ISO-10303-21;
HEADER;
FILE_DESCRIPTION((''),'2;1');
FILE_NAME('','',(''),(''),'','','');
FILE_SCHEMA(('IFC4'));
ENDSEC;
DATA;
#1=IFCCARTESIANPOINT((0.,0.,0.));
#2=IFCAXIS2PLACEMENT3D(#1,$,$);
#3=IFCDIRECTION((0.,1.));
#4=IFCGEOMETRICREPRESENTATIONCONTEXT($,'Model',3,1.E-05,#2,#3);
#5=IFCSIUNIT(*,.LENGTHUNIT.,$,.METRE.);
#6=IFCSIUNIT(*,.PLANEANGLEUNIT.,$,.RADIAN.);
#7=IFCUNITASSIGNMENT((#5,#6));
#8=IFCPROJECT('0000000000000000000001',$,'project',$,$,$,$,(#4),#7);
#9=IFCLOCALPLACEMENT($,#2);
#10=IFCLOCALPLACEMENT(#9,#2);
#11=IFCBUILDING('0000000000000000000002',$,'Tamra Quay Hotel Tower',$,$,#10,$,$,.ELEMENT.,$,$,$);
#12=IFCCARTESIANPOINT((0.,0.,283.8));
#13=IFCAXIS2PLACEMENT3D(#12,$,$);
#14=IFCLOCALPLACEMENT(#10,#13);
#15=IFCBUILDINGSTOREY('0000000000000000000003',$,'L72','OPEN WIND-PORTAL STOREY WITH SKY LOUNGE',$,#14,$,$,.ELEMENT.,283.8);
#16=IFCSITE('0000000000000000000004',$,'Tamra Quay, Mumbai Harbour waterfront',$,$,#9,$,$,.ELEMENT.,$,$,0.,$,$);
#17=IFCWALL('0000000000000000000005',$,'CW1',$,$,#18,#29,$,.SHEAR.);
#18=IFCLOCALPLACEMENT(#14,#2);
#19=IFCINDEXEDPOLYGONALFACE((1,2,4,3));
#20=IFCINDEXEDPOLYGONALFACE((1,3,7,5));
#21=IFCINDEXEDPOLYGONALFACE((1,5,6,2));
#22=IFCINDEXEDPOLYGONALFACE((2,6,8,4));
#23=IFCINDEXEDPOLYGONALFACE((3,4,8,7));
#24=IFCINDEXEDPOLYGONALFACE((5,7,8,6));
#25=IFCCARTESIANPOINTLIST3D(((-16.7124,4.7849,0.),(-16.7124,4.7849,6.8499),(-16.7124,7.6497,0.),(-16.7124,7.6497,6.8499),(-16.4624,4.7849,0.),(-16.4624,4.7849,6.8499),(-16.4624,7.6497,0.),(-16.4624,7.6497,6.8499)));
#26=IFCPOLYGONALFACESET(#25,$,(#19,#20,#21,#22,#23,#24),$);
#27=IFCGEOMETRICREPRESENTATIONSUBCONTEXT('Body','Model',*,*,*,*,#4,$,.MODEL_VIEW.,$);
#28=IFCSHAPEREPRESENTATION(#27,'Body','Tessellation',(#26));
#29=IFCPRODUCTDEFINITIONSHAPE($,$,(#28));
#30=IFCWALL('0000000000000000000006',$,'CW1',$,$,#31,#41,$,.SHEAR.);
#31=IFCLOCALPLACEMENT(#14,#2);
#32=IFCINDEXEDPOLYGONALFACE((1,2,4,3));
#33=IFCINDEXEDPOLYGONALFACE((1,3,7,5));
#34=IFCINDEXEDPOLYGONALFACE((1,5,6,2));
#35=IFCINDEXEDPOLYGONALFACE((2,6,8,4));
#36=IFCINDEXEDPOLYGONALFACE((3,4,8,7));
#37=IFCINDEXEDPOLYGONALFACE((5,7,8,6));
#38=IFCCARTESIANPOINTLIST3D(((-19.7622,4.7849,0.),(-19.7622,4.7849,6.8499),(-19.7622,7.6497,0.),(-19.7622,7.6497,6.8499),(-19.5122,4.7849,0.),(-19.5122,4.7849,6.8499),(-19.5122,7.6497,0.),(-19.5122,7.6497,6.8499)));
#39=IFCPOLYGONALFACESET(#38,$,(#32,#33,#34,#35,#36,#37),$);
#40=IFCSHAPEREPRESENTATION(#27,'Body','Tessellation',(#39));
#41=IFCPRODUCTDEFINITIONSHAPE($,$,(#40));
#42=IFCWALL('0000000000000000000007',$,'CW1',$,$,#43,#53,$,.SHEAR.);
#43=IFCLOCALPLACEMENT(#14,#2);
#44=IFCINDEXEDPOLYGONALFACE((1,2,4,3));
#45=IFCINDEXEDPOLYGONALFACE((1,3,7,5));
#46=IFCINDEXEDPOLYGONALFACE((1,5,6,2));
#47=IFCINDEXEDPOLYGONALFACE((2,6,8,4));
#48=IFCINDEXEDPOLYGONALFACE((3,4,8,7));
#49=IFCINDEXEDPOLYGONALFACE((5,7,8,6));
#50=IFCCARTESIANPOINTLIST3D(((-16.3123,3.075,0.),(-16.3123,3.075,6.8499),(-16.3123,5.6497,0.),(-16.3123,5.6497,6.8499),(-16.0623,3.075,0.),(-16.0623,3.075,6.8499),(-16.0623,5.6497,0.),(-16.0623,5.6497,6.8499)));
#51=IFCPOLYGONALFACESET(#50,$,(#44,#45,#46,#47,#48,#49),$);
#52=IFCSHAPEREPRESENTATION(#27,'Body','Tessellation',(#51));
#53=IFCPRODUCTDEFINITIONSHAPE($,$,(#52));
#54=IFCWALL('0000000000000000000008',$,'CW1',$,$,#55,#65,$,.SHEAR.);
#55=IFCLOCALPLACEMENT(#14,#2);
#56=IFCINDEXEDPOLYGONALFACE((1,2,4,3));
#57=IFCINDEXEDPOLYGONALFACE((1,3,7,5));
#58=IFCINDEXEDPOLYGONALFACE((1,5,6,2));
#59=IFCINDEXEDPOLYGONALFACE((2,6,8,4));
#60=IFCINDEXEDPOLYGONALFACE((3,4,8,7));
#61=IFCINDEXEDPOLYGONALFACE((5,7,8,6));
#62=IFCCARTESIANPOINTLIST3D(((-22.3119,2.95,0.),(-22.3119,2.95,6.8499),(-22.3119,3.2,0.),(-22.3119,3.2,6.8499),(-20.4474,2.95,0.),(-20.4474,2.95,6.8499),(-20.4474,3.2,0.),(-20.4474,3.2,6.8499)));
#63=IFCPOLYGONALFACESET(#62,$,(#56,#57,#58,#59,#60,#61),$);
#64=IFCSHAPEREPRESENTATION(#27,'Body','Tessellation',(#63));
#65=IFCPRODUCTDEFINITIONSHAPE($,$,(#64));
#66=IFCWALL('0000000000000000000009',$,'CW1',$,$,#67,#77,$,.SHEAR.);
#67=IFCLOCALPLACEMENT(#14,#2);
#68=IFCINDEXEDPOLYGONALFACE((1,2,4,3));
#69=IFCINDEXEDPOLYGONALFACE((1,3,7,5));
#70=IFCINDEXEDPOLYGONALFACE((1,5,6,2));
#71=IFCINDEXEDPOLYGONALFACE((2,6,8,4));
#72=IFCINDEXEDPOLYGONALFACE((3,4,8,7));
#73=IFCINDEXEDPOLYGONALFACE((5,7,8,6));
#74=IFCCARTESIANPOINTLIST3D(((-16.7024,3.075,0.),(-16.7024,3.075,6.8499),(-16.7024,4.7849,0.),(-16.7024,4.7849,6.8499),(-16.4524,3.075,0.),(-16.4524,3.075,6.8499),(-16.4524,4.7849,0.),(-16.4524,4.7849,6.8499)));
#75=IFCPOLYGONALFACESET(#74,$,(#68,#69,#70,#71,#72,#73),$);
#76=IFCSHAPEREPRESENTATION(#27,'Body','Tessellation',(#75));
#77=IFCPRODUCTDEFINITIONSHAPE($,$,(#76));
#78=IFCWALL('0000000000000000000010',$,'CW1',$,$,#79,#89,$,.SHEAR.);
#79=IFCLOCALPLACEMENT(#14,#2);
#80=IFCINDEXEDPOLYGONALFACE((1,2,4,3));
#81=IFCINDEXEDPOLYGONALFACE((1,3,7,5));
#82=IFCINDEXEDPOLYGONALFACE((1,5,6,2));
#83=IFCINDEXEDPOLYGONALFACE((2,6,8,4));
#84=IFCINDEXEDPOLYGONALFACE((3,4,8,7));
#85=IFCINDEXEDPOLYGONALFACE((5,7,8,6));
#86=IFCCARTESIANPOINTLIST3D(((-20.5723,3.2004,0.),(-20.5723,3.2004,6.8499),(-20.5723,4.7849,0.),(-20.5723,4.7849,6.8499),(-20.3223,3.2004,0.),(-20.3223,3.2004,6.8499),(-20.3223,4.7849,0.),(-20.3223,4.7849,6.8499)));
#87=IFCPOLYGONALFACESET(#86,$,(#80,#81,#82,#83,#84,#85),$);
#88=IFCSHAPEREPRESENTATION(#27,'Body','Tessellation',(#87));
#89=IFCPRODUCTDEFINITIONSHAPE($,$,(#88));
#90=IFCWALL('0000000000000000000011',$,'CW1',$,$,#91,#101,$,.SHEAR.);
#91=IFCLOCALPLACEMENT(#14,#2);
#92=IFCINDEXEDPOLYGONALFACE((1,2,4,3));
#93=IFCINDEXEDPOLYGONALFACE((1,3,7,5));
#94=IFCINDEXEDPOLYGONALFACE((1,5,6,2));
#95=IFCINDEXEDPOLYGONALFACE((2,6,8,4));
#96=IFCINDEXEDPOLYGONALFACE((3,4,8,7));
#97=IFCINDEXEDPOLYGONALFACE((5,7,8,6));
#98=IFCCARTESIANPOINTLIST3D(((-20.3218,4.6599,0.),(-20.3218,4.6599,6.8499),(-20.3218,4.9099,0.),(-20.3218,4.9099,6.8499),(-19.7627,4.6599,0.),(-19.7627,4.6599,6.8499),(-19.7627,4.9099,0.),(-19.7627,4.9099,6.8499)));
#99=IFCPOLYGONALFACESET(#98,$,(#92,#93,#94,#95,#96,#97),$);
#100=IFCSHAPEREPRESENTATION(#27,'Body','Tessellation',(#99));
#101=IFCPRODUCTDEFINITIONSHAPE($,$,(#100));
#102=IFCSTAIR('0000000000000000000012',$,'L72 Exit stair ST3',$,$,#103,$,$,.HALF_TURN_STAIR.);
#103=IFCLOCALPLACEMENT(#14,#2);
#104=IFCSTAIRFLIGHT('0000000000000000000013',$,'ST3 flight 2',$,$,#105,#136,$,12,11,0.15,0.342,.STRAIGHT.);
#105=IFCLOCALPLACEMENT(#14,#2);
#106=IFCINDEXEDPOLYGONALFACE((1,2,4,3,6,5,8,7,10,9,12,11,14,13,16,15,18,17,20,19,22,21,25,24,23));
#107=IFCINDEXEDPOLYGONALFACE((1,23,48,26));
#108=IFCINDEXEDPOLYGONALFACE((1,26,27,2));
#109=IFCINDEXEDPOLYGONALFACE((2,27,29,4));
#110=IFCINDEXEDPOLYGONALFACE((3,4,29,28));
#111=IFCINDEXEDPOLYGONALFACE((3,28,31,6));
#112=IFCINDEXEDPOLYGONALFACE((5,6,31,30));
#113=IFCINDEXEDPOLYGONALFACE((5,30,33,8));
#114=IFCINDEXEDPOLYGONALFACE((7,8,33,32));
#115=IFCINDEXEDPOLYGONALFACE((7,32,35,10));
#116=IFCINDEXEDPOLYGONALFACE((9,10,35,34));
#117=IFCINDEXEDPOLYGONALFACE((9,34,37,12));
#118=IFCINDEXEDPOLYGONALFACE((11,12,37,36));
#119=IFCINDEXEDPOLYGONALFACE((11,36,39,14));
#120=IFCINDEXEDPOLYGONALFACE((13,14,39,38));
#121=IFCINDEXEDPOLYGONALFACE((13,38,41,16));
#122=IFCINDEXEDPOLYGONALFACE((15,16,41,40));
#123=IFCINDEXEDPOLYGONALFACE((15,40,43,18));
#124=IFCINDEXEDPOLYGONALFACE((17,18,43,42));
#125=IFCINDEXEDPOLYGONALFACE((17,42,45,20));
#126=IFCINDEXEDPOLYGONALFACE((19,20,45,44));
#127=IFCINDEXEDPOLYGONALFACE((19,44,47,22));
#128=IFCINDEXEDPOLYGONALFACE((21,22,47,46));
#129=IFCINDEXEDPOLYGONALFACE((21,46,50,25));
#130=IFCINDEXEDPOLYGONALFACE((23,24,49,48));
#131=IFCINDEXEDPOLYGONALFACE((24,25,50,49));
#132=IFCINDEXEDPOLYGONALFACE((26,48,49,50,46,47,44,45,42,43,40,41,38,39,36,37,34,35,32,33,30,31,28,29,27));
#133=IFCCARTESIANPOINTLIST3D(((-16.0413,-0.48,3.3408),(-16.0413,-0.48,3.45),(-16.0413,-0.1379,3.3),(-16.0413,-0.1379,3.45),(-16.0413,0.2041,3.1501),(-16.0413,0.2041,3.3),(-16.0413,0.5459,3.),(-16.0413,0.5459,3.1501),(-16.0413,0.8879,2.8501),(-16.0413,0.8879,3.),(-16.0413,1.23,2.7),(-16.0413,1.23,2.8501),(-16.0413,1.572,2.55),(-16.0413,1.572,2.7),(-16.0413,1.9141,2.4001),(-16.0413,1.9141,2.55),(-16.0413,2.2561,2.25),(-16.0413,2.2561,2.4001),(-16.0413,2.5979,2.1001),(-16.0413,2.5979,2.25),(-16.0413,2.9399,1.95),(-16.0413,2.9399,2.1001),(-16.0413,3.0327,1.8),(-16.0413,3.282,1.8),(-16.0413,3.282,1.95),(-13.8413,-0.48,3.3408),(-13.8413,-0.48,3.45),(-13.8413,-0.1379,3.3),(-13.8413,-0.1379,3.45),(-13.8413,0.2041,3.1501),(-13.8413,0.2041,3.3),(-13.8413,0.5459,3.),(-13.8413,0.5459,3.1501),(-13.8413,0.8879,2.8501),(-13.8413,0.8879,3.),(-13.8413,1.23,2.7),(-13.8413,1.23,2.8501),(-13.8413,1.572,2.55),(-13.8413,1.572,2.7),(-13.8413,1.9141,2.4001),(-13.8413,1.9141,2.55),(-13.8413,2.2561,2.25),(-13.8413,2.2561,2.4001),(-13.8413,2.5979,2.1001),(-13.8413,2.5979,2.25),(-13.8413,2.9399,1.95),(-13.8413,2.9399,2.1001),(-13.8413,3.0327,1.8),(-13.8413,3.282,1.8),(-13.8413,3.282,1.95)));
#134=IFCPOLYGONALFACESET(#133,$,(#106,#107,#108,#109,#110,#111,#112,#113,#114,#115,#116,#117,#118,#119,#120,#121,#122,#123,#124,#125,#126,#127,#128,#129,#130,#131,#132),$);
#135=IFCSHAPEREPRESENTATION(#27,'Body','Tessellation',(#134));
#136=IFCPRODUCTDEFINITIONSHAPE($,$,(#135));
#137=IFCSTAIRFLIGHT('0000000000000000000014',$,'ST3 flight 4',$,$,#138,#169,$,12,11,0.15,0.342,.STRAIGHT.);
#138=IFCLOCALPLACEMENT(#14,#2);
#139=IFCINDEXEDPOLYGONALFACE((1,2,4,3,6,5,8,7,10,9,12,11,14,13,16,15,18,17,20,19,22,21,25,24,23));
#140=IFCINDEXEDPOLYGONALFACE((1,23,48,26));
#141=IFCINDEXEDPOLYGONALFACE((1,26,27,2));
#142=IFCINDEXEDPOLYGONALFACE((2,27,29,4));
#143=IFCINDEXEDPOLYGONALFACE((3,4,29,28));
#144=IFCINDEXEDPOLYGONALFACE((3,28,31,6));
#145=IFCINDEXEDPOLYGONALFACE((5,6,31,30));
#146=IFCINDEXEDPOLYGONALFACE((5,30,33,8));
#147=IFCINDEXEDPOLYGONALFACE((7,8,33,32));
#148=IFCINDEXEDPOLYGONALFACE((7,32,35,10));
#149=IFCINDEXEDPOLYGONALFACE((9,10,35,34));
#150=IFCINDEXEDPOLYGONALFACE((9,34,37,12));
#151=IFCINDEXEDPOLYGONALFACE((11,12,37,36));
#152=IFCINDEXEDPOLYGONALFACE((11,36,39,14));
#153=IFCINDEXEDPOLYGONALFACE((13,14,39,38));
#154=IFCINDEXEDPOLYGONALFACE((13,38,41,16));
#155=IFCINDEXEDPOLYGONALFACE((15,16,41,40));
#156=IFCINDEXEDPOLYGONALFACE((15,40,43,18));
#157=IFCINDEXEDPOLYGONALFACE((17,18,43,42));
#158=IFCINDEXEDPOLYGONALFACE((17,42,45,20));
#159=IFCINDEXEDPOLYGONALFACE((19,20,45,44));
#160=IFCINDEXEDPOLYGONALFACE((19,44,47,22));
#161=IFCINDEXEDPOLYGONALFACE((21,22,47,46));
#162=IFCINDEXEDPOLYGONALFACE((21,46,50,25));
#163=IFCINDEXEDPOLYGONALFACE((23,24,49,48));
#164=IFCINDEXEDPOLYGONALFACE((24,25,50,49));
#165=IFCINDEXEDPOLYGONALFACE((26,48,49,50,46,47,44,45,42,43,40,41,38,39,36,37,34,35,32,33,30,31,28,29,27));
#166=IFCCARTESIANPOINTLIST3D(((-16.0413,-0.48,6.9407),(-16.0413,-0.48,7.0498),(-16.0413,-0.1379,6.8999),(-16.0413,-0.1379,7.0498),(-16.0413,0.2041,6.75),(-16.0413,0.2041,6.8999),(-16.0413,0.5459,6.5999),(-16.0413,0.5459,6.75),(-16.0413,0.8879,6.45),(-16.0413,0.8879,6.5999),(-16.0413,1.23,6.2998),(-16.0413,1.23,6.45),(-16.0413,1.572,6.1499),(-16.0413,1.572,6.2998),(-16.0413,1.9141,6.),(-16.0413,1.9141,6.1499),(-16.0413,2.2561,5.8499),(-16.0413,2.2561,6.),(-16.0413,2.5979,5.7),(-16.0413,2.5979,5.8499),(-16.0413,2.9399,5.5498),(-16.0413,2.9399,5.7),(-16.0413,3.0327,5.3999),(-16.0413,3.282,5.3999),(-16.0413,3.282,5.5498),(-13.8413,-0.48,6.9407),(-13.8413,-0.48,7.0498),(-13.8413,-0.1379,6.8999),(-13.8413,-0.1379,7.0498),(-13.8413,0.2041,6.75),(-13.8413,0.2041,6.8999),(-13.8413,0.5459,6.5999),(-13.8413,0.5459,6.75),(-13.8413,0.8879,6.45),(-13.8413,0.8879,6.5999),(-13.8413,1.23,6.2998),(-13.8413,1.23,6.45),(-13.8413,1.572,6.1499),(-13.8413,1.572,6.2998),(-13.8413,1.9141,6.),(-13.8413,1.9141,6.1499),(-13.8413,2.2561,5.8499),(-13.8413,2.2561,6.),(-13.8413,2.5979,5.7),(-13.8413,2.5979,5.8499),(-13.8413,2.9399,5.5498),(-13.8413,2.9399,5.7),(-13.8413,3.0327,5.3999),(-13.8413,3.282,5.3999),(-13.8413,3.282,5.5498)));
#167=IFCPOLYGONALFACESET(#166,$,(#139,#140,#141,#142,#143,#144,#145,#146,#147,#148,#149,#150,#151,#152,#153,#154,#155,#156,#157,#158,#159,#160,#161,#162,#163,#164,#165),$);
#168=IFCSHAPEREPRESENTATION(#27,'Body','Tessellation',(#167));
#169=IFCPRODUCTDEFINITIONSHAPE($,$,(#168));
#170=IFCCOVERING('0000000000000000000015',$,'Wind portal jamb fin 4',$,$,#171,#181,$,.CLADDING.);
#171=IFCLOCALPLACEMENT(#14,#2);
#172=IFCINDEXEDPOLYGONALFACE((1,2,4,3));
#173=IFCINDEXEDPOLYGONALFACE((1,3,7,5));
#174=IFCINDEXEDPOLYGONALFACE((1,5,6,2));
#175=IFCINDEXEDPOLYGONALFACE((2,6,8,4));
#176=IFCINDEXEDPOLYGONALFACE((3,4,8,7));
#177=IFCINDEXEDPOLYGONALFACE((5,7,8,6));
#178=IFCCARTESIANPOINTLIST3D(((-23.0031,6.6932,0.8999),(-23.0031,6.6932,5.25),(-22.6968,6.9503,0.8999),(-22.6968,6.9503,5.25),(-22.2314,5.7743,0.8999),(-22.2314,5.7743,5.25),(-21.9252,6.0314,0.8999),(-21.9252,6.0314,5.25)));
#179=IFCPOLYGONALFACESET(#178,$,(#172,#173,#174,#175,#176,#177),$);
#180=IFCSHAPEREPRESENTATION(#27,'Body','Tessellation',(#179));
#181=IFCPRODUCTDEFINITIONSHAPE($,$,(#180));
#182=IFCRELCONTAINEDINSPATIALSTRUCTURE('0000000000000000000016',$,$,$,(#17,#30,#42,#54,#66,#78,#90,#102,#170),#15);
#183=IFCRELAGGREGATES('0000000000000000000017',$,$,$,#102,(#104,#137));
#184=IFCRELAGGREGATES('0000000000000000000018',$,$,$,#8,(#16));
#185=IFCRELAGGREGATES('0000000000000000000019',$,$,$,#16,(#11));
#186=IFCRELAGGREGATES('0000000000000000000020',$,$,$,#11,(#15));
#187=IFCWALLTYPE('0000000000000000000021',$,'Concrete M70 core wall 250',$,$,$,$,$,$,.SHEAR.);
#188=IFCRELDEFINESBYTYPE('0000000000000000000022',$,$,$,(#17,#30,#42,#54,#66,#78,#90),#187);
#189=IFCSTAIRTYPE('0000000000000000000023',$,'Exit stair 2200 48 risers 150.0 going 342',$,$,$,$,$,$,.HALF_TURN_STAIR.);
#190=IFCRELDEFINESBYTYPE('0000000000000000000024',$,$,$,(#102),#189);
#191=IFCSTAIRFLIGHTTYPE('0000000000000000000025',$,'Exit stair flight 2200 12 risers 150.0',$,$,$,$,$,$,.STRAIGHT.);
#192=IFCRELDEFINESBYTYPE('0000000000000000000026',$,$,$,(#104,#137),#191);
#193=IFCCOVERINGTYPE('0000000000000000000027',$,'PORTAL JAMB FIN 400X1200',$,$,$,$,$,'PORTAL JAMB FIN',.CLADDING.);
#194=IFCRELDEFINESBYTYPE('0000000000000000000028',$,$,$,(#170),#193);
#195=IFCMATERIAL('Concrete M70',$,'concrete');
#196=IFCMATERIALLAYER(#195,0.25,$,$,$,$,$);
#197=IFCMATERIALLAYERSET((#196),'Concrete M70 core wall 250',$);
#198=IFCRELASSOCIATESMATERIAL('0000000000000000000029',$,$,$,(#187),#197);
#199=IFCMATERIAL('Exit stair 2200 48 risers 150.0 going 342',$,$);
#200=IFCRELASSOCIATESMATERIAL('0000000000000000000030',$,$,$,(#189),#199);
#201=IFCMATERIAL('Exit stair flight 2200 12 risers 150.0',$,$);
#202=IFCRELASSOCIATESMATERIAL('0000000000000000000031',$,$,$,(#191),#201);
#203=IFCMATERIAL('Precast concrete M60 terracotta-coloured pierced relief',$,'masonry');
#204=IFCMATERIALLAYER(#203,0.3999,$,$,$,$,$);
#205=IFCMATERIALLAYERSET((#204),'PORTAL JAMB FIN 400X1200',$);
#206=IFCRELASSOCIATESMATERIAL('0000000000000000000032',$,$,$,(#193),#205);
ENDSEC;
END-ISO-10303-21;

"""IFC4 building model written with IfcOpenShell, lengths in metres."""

from ifc_helpers import new_model, si_unit, direction, frame, frame_2d, origin, origin_2d, place, context, subcontext, project, spatial, polyline, rectangle, outline, extrude, material, layer, layer_set, type_object, element, aggregate, save


model = new_model("IFC4")

# Units and contexts
model_context = context("Model", 3, precision=1e-05, world=origin(), true_north=direction((0.0, 1.0)))
body_context = subcontext(model_context, "Body", "Model", "MODEL_VIEW")
ifc_project = project(units=[si_unit("LENGTHUNIT", "METRE"), si_unit("PLANEANGLEUNIT", "RADIAN")], contexts=[model_context])

# Site, building, storey
site_placement = place(None, origin())
site = spatial("IfcSite", under=ifc_project, at=site_placement, Name="Tamra Quay, Mumbai Harbour waterfront", CompositionType="ELEMENT", RefElevation=0.0)
building_placement = place(site_placement, origin())
building = spatial("IfcBuilding", under=site, at=building_placement, Name="Tamra Quay Hotel Tower", CompositionType="ELEMENT")
storey_placement = place(building_placement, frame((0.0, 0.0, 283.8)))
storey = spatial("IfcBuildingStorey", under=building, at=storey_placement, Name="L72", Description="OPEN WIND-PORTAL STOREY WITH SKY LOUNGE", CompositionType="ELEMENT", Elevation=283.8)

# Shared definitions
ifc_material_1 = material(Name="Concrete M70", Category="concrete")

# Walls
ifc_layer_1 = layer(ifc_material_1, 0.25)
ifc_layer_set_1 = layer_set([ifc_layer_1], Name="Concrete M70 core wall 250")
wall_type_1 = type_object("IfcWallType", Name="Concrete M70 core wall 250", PredefinedType="SHEAR", material=ifc_layer_set_1)
for number, where, z_axis, x_axis, name in (
    (1, (-16.5874, 7.6497, 0.0), (0.0, 0.0, 1.0), (0.0, -1.0, 0.0), "CW1"),
    (2, (-19.6372, 4.7849, 0.0), (0.0, 0.0, 1.0), (0.0, 1.0, 0.0), "CW1"),
):
    element("IfcWall", number, at=place(storey_placement, frame(where, z_axis=z_axis, x_axis=x_axis)), inside=storey, type_object=wall_type_1, Name=name, PredefinedType="SHEAR", context=body_context, shape_type="SweptSolid", body=[
        extrude(rectangle(XDim=2.8647, YDim=0.25, at=frame_2d((1.4324, 0.0))), origin(), (0.0, 0.0, 1.0), 6.8499),
    ])
wall_1_placement = place(storey_placement, frame((-16.1873, 3.075, 0.0), z_axis=(0.0, 0.0, 1.0), x_axis=(0.0, 1.0, 0.0)))
element("IfcWall", 3, at=wall_1_placement, inside=storey, type_object=wall_type_1, Name="CW1", PredefinedType="SHEAR", context=body_context, shape_type="SweptSolid", body=[
    extrude(rectangle(XDim=2.5747, YDim=0.25, at=frame_2d((1.2874, 0.0))), origin(), (0.0, 0.0, 1.0), 6.8499),
])
wall_2_placement = place(storey_placement, frame((-22.3118, 3.075, 0.0), z_axis=(0.0, 0.0, 1.0), x_axis=(1.0, 0.0, 0.0)))
element("IfcWall", 4, at=wall_2_placement, inside=storey, type_object=wall_type_1, Name="CW1", PredefinedType="SHEAR", context=body_context, shape_type="SweptSolid", body=[
    extrude(rectangle(XDim=1.8645, YDim=0.25, at=frame_2d((0.9321, 0.0))), origin(), (0.0, 0.0, 1.0), 6.8499),
])
wall_3_placement = place(storey_placement, frame((-16.5774, 4.7849, 0.0), z_axis=(0.0, 0.0, 1.0), x_axis=(0.0, -1.0, 0.0)))
element("IfcWall", 5, at=wall_3_placement, inside=storey, type_object=wall_type_1, Name="CW1", PredefinedType="SHEAR", context=body_context, shape_type="SweptSolid", body=[
    extrude(rectangle(XDim=1.71, YDim=0.25, at=frame_2d((0.855, 0.0))), origin(), (0.0, 0.0, 1.0), 6.8499),
])
wall_4_placement = place(storey_placement, frame((-20.4473, 3.2004, 0.0), z_axis=(0.0, 0.0, 1.0), x_axis=(0.0, 1.0, 0.0)))
element("IfcWall", 6, at=wall_4_placement, inside=storey, type_object=wall_type_1, Name="CW1", PredefinedType="SHEAR", context=body_context, shape_type="SweptSolid", body=[
    extrude(rectangle(XDim=1.5845, YDim=0.25, at=frame_2d((0.7922, 0.0))), origin(), (0.0, 0.0, 1.0), 6.8499),
])
wall_5_placement = place(storey_placement, frame((-20.3218, 4.7849, 0.0), z_axis=(0.0, 0.0, 1.0), x_axis=(1.0, 0.0, 0.0)))
element("IfcWall", 7, at=wall_5_placement, inside=storey, type_object=wall_type_1, Name="CW1", PredefinedType="SHEAR", context=body_context, shape_type="SweptSolid", body=[
    extrude(rectangle(XDim=0.5591, YDim=0.25, at=frame_2d((0.2795, 0.0))), origin(), (0.0, 0.0, 1.0), 6.8499),
])

# Stair, stair flights
ifc_material_2 = material(Name="Exit stair 2200 48 risers 150.0 going 342")
stair_type = type_object("IfcStairType", Name="Exit stair 2200 48 risers 150.0 going 342", PredefinedType="HALF_TURN_STAIR", material=ifc_material_2)
stair_placement = place(storey_placement, origin())
stair = element("IfcStair", 8, at=stair_placement, inside=storey, type_object=stair_type, Name="L72 Exit stair ST3", PredefinedType="HALF_TURN_STAIR")
ifc_material_3 = material(Name="Exit stair flight 2200 12 risers 150.0")
stair_flight_type = type_object("IfcStairFlightType", Name="Exit stair flight 2200 12 risers 150.0", PredefinedType="STRAIGHT", material=ifc_material_3)
stair_flight_1_placement = place(storey_placement, frame((-14.9414, 3.282, 1.8), z_axis=(0.0, 0.0, 1.0), x_axis=(0.0, -1.0, 0.0)))
stair_flight_1 = element("IfcStairFlight", 9, at=stair_flight_1_placement, type_object=stair_flight_type, Name="ST3 flight 2", NumberOfRisers=12, NumberOfTreads=11, PredefinedType="STRAIGHT", RiserHeight=0.15, TreadLength=0.342, context=body_context, shape_type="SweptSolid", body=[
    extrude(outline(polyline([(0.0, 0.0), (0.0, 0.1499), (0.342, 0.1499), (0.342, 0.3), (0.6841, 0.3), (0.6841, 0.45), (1.0259, 0.45), (1.0259, 0.6001), (1.3679, 0.6001), (1.3679, 0.75), (1.71, 0.75), (1.71, 0.8999), (2.052, 0.8999), (2.052, 1.05), (2.394, 1.05), (2.394, 1.2), (2.7361, 1.2), (2.7361, 1.3501), (3.0779, 1.3501), (3.0779, 1.5), (3.4199, 1.5), (3.4199, 1.6499), (3.762, 1.6499), (3.762, 1.8), (3.762, 1.5408), (0.2493, 0.0), (0.0, 0.0)])), frame((0.0, 1.1001, 0.0), z_axis=(0.0, -1.0, 0.0), x_axis=(1.0, 0.0, 0.0)), (0.0, 0.0, 1.0), 2.2),
])
stair_flight_2_placement = place(storey_placement, frame((-14.9414, 3.282, 5.3999), z_axis=(0.0, 0.0, 1.0), x_axis=(0.0, -1.0, 0.0)))
stair_flight_2 = element("IfcStairFlight", 10, at=stair_flight_2_placement, type_object=stair_flight_type, Name="ST3 flight 4", NumberOfRisers=12, NumberOfTreads=11, PredefinedType="STRAIGHT", RiserHeight=0.15, TreadLength=0.342, context=body_context, shape_type="SweptSolid", body=[
    extrude(outline(polyline([(0.0, 0.0), (0.0, 0.1499), (0.342, 0.1499), (0.342, 0.3), (0.6841, 0.3), (0.6841, 0.45), (1.0259, 0.45), (1.0259, 0.6001), (1.3679, 0.6001), (1.3679, 0.75), (1.71, 0.75), (1.71, 0.8999), (2.052, 0.8999), (2.052, 1.05), (2.394, 1.05), (2.394, 1.2), (2.7361, 1.2), (2.7361, 1.3501), (3.0779, 1.3501), (3.0779, 1.5), (3.4199, 1.5), (3.4199, 1.6499), (3.762, 1.6499), (3.762, 1.8), (3.762, 1.5408), (0.2493, 0.0), (0.0, 0.0)])), frame((0.0, 1.1001, 0.0), z_axis=(0.0, -1.0, 0.0), x_axis=(1.0, 0.0, 0.0)), (0.0, 0.0, 1.0), 2.2),
])
aggregate(stair, [stair_flight_1, stair_flight_2])

# Covering
ifc_material_4 = material(Name="Precast concrete M60 terracotta-coloured pierced relief", Category="masonry")
ifc_layer_2 = layer(ifc_material_4, 0.3999)
ifc_layer_set_2 = layer_set([ifc_layer_2], Name="PORTAL JAMB FIN 400X1200")
covering_type_1 = type_object("IfcCoveringType", Name="PORTAL JAMB FIN 400X1200", ElementType="PORTAL JAMB FIN", PredefinedType="CLADDING", material=ifc_layer_set_2)
covering_1_placement = place(storey_placement, frame((-22.4641, 6.3623, 0.8999), z_axis=(0.0, 0.0, 1.0), x_axis=(-0.765793, -0.643087, 0.0)))
element("IfcCovering", 11, at=covering_1_placement, inside=storey, type_object=covering_type_1, Name="Wind portal jamb fin 4", PredefinedType="CLADDING", context=body_context, shape_type="SweptSolid", body=[
    extrude(rectangle(XDim=0.3999, YDim=1.2, at=origin_2d()), origin(), (0.0, 0.0, 1.0), 4.3501),
])

save(model, "model.ifc")
